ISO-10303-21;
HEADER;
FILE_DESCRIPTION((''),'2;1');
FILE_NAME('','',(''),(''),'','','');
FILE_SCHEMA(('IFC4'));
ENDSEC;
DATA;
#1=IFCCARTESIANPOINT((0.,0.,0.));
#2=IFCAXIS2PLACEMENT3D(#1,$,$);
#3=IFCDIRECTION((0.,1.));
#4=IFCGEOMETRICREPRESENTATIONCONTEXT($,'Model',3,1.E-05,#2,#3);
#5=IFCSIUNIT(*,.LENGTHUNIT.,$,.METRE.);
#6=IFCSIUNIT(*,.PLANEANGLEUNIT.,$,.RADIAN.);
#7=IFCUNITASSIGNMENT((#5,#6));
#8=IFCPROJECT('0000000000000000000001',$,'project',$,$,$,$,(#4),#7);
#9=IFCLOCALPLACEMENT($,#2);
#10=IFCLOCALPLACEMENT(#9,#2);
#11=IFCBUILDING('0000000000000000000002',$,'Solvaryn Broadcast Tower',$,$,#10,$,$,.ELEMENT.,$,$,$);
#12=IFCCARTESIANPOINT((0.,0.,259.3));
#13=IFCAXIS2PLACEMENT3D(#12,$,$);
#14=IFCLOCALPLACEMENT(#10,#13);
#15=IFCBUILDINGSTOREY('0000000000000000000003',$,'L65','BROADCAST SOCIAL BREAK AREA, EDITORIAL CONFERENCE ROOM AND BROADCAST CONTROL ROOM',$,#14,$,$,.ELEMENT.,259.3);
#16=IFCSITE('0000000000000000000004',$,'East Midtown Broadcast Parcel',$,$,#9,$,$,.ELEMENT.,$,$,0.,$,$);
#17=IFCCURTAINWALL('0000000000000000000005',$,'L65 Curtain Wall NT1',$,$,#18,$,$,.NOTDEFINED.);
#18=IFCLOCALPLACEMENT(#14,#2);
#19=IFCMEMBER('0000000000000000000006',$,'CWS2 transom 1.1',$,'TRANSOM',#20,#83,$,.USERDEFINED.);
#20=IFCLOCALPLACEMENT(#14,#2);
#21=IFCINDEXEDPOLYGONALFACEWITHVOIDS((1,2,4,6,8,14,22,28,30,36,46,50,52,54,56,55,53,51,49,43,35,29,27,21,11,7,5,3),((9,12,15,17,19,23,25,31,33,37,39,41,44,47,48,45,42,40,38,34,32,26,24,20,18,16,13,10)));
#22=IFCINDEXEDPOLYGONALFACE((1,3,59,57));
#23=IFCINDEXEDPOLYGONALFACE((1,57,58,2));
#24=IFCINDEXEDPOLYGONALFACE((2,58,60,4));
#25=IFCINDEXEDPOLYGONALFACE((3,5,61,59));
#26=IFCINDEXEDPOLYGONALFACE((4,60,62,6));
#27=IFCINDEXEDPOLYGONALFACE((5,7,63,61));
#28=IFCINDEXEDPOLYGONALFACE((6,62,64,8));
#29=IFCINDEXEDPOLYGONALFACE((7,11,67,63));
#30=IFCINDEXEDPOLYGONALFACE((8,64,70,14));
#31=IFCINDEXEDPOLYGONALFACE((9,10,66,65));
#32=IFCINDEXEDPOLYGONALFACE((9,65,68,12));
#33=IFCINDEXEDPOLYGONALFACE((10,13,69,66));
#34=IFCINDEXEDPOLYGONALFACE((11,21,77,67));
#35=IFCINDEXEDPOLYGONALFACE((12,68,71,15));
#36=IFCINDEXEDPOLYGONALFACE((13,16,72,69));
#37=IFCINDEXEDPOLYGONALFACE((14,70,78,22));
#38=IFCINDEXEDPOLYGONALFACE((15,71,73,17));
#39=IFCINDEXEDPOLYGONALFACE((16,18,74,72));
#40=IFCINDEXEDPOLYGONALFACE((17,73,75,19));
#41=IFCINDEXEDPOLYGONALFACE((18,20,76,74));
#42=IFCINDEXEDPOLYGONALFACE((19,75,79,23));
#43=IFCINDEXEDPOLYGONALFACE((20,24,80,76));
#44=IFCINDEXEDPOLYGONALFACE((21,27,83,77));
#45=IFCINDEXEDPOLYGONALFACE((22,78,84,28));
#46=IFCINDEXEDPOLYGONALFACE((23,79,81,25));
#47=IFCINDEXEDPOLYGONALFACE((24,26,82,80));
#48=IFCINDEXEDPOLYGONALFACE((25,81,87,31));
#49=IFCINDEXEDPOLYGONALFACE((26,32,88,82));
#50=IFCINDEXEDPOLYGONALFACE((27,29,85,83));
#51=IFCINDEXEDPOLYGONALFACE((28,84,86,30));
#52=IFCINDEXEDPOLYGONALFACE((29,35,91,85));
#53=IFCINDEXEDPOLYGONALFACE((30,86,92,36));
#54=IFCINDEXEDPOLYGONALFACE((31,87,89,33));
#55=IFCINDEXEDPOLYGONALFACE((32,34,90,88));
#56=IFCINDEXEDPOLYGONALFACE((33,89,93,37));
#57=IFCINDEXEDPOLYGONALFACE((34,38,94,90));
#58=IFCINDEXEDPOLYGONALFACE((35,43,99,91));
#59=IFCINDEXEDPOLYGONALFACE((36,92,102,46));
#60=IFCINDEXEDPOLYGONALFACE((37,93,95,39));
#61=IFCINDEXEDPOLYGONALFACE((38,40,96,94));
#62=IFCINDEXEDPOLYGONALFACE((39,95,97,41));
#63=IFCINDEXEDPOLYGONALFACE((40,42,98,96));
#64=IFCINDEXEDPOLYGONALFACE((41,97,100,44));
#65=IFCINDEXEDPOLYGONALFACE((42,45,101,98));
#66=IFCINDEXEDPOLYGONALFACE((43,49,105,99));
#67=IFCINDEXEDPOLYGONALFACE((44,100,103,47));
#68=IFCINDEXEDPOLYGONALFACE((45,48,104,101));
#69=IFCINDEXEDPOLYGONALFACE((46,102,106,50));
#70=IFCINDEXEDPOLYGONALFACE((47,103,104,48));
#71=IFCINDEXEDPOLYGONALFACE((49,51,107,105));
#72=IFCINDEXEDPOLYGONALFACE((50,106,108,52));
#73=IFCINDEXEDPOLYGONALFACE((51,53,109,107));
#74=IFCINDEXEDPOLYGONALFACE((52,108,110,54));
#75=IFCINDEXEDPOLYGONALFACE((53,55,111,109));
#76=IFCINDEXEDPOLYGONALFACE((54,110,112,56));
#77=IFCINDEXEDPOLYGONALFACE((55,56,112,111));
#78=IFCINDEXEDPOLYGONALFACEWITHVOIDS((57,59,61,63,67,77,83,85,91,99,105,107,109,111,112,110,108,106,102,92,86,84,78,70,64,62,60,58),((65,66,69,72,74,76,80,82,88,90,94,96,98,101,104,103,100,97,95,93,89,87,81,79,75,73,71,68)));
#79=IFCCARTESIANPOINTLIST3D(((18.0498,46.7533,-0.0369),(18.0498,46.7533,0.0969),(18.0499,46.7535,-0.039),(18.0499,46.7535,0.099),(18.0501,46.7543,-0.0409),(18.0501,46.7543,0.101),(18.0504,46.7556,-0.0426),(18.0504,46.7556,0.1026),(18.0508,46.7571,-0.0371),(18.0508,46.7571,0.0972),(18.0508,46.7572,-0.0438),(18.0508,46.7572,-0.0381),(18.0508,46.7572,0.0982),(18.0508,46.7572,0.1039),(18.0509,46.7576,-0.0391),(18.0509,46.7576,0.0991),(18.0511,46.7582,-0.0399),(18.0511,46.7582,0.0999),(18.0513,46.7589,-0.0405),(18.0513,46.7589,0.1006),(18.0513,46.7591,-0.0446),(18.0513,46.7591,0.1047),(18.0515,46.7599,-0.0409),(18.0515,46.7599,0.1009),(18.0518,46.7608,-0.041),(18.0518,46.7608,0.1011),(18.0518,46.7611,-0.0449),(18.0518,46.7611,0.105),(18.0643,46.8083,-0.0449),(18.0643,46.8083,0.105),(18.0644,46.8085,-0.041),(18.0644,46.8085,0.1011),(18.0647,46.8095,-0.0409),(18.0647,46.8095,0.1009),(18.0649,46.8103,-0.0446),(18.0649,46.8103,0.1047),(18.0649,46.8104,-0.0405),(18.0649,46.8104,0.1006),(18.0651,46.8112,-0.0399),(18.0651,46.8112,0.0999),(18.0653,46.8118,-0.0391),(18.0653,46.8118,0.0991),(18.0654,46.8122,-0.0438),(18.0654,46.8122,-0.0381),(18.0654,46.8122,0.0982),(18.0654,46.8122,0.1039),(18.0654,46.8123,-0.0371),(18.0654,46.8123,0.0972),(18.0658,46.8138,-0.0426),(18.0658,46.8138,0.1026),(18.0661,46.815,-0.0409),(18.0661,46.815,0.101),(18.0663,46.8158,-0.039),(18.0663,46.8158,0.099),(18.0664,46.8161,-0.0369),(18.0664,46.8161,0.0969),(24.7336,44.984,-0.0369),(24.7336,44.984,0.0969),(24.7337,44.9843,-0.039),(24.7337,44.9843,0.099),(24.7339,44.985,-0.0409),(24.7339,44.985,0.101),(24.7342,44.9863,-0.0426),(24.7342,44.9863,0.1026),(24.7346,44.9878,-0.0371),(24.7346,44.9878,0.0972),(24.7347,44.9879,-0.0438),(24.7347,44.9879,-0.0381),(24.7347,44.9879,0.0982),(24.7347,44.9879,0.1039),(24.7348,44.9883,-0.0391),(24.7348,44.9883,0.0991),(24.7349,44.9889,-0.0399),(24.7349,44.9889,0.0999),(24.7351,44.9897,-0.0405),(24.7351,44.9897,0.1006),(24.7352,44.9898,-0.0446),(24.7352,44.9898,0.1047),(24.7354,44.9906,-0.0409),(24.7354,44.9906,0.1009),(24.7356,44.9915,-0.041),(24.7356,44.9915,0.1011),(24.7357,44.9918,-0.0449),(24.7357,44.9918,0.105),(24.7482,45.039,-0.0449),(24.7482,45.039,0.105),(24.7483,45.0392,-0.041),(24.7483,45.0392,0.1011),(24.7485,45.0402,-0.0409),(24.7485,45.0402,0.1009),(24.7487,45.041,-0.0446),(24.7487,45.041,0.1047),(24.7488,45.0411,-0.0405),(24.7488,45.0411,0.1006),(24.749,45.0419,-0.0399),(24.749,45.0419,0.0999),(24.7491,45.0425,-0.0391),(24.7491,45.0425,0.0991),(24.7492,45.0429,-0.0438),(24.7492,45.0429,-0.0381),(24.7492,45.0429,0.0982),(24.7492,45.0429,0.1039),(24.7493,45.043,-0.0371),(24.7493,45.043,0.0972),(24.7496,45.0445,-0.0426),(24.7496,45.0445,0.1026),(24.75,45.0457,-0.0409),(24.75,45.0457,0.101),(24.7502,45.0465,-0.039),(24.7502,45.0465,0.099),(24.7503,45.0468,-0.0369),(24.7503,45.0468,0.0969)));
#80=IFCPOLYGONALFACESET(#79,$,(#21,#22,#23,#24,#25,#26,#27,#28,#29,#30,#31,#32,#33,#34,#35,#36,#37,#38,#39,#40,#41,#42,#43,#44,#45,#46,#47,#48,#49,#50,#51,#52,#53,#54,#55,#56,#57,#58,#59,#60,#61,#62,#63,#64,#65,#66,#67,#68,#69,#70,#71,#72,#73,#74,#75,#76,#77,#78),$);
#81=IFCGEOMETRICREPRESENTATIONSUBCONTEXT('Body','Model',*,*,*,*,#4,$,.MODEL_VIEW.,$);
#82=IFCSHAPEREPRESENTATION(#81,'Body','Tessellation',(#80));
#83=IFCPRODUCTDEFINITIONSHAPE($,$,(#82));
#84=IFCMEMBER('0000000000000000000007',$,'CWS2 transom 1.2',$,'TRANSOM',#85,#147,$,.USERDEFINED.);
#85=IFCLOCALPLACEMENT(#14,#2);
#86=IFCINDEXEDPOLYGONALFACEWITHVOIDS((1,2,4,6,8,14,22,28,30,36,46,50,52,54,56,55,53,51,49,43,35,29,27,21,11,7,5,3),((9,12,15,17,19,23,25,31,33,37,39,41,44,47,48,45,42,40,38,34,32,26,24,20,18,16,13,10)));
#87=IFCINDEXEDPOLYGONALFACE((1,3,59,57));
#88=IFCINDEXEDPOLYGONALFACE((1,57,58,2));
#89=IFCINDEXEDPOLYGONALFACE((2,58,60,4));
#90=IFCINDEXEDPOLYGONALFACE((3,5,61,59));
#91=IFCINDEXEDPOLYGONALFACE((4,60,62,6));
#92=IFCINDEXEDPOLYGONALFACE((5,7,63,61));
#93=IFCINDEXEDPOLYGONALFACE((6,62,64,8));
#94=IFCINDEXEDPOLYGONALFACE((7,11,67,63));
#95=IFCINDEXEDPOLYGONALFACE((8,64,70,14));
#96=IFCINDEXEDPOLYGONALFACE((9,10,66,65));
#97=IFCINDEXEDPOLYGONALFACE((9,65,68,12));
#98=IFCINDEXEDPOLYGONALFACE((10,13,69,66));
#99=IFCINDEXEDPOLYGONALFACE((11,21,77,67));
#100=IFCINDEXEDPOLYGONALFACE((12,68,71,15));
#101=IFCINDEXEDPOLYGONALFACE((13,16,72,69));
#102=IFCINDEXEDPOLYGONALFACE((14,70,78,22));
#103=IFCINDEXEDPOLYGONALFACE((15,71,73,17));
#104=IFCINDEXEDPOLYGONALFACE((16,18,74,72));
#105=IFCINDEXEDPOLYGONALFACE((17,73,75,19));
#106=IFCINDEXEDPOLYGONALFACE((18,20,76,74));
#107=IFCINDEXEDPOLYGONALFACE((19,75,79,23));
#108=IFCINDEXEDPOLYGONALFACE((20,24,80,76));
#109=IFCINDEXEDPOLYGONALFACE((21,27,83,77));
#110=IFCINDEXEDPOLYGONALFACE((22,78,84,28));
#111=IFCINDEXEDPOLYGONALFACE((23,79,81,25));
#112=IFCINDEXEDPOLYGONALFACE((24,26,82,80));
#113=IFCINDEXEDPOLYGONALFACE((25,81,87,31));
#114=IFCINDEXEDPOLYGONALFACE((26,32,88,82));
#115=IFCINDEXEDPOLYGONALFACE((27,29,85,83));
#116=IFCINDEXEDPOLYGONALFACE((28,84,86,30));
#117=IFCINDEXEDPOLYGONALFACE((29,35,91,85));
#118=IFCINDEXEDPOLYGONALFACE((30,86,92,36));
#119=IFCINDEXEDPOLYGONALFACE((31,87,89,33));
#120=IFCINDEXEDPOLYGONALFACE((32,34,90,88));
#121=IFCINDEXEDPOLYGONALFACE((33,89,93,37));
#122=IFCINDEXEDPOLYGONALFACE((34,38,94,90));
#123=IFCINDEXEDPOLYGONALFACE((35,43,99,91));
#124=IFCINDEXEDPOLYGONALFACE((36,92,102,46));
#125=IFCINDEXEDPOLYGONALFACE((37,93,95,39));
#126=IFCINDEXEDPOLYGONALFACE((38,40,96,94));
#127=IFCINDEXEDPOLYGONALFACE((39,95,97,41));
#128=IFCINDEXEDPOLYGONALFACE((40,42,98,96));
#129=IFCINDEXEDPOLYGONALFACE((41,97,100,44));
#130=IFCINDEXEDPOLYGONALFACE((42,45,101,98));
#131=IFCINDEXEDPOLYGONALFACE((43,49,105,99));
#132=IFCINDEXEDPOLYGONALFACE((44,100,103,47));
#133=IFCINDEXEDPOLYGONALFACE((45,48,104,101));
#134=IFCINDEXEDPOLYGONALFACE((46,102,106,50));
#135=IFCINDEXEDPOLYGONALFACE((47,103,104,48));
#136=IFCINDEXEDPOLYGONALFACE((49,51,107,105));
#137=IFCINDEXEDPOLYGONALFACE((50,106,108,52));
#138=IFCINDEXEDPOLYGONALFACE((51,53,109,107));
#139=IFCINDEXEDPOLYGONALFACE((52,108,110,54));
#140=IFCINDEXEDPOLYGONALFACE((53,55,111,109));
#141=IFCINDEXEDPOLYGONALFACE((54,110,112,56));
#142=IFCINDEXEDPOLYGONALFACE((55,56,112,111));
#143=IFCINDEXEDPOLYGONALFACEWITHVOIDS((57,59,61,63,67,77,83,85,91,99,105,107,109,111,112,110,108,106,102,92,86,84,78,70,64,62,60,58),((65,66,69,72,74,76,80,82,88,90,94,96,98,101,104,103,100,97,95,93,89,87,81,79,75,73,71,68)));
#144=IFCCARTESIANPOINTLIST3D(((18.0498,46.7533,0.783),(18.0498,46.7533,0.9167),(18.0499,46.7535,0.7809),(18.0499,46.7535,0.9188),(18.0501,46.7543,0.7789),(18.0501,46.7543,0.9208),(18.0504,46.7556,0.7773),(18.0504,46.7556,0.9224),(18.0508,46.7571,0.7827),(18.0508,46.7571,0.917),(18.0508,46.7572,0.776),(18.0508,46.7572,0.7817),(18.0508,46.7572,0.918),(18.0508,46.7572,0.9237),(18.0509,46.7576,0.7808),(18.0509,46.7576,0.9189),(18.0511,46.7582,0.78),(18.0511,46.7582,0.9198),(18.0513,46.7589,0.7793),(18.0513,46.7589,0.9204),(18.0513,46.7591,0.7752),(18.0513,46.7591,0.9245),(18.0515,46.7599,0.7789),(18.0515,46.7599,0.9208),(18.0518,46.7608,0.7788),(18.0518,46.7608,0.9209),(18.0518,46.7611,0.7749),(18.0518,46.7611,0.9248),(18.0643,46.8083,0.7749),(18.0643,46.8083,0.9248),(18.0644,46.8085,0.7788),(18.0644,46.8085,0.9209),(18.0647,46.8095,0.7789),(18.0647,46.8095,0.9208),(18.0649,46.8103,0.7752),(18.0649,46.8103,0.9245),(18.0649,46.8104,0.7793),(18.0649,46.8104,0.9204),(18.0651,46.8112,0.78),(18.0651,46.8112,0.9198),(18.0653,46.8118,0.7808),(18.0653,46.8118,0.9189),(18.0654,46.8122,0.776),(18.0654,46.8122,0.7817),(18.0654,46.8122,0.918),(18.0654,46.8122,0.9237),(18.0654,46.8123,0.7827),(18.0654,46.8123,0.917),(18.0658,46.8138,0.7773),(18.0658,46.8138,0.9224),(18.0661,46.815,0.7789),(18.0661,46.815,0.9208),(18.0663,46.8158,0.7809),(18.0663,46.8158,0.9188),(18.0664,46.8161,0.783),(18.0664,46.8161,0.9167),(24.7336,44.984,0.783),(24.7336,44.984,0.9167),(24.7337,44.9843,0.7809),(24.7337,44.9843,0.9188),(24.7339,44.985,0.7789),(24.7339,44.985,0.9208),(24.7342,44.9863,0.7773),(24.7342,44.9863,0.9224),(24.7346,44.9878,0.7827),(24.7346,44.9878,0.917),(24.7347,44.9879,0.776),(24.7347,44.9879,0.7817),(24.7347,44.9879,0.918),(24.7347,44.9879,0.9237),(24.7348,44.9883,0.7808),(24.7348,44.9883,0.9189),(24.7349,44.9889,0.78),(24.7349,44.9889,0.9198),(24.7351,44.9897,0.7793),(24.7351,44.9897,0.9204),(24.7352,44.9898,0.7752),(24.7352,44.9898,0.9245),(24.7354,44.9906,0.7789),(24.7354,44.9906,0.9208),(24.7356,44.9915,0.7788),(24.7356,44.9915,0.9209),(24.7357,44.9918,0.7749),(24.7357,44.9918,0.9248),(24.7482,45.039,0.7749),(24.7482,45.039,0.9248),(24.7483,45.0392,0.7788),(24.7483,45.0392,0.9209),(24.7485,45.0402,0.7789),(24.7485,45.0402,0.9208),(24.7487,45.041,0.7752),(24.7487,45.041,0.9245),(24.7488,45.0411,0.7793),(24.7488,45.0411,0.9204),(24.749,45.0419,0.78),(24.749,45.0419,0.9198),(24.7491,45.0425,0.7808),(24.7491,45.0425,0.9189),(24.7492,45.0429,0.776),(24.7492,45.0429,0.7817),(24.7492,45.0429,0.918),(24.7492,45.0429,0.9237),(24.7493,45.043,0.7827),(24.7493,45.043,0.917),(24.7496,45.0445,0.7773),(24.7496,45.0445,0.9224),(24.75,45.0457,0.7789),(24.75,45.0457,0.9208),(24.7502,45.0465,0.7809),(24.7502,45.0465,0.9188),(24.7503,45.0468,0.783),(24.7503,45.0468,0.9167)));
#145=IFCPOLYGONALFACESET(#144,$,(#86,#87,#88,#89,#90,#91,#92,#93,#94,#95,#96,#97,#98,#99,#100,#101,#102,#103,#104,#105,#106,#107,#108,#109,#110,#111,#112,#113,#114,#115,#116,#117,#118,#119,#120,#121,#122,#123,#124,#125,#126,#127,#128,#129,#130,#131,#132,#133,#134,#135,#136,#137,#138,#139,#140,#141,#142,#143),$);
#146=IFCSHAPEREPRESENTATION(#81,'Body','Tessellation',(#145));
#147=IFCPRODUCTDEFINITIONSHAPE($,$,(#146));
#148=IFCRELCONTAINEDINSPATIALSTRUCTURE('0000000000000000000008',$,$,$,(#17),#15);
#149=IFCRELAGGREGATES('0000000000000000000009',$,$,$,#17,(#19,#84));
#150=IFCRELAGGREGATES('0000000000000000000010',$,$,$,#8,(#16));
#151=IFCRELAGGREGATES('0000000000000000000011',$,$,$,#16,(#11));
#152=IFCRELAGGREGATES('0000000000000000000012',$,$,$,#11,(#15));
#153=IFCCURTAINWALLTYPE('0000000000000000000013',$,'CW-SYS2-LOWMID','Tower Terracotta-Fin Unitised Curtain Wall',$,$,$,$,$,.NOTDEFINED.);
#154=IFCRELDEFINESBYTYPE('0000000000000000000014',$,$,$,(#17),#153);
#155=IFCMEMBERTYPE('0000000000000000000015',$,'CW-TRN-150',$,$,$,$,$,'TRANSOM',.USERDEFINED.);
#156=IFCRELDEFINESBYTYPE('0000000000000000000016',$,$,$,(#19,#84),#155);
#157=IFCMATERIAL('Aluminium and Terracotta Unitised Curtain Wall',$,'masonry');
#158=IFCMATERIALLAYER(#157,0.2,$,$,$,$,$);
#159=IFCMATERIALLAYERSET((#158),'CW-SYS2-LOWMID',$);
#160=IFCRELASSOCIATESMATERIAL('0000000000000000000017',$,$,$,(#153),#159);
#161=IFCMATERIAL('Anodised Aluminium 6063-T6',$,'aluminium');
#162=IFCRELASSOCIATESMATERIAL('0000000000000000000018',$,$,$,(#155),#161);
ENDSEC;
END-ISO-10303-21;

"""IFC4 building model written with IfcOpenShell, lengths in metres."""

from ifc_helpers import new_model, si_unit, direction, frame, origin, origin_2d, place, context, subcontext, project, spatial, hollow_rectangle, extrude, material, layer, layer_set, material_profile, profile_set, type_object, element, aggregate, save


model = new_model("IFC4")

# Units and contexts
model_context = context("Model", 3, precision=1e-05, world=origin(), true_north=direction((0.0, 1.0)))
body_context = subcontext(model_context, "Body", "Model", "MODEL_VIEW")
ifc_project = project(units=[si_unit("LENGTHUNIT", "METRE"), si_unit("PLANEANGLEUNIT", "RADIAN")], contexts=[model_context])

# Site, building, storey
site_placement = place(None, origin())
site = spatial("IfcSite", under=ifc_project, at=site_placement, Name="East Midtown Broadcast Parcel", CompositionType="ELEMENT", RefElevation=0.0)
building_placement = place(site_placement, origin())
building = spatial("IfcBuilding", under=site, at=building_placement, Name="Solvaryn Broadcast Tower", CompositionType="ELEMENT")
storey_placement = place(building_placement, frame((0.0, 0.0, 259.3)))
storey = spatial("IfcBuildingStorey", under=building, at=storey_placement, Name="L65", Description="BROADCAST SOCIAL BREAK AREA, EDITORIAL CONFERENCE ROOM AND BROADCAST CONTROL ROOM", CompositionType="ELEMENT", Elevation=259.3)

# Shared definitions
ifc_material_1 = material(Name="Aluminium and Terracotta Unitised Curtain Wall", Category="masonry")
ifc_layer_1 = layer(ifc_material_1, 0.2)
ifc_layer_set_1 = layer_set([ifc_layer_1], Name="CW-SYS2-LOWMID")
curtain_wall_type = type_object("IfcCurtainWallType", Name="CW-SYS2-LOWMID", Description="Tower Terracotta-Fin Unitised Curtain Wall", PredefinedType="NOTDEFINED", material=ifc_layer_set_1)

# Curtain wall
curtain_wall_1_placement = place(storey_placement, origin())
curtain_wall_1 = element("IfcCurtainWall", 1, at=curtain_wall_1_placement, inside=storey, type_object=curtain_wall_type, Name="L65 Curtain Wall NT1", PredefinedType="NOTDEFINED")

# Members
ifc_material_2 = material(Name="Anodised Aluminium 6063-T6", Category="aluminium")
ifc_material_profile_1 = material_profile(ifc_material_2, hollow_rectangle(XDim=0.0649, YDim=0.1499, WallThickness=0.0039, InnerFilletRadius=0.0039, OuterFilletRadius=0.0081, at=origin_2d()))
ifc_profile_set_1 = profile_set([ifc_material_profile_1], Name="Anodised Aluminium 6063-T6")
member_type_1 = type_object("IfcMemberType", Name="CW-TRN-150", ElementType="TRANSOM", PredefinedType="USERDEFINED", material=ifc_profile_set_1)
member_1_placement = place(storey_placement, frame((24.7419, 45.0154, 0.03), z_axis=(-0.966704, 0.255897, 0.0), x_axis=(-0.255897, -0.966704, 0.0)))
member_1 = element("IfcMember", 2, at=member_1_placement, type_object=member_type_1, Name="CWS2 transom 1.1", ObjectType="TRANSOM", PredefinedType="USERDEFINED", context=body_context, shape_type="SweptSolid", body=[
    extrude(hollow_rectangle(XDim=0.0649, YDim=0.1499, WallThickness=0.0039, InnerFilletRadius=0.0039, OuterFilletRadius=0.0081, at=origin_2d()), origin(), (0.0, 0.0, 1.0), 6.9141),
])
member_2_placement = place(storey_placement, frame((24.7419, 45.0154, 0.8499), z_axis=(-0.966704, 0.255897, 0.0), x_axis=(-0.255897, -0.966704, 0.0)))
member_2 = element("IfcMember", 3, at=member_2_placement, type_object=member_type_1, Name="CWS2 transom 1.2", ObjectType="TRANSOM", PredefinedType="USERDEFINED", context=body_context, shape_type="SweptSolid", body=[
    extrude(hollow_rectangle(XDim=0.0649, YDim=0.1499, WallThickness=0.0039, InnerFilletRadius=0.0039, OuterFilletRadius=0.0081, at=origin_2d()), origin(), (0.0, 0.0, 1.0), 6.9141),
])
aggregate(curtain_wall_1, [member_1, member_2])

save(model, "model.ifc")
